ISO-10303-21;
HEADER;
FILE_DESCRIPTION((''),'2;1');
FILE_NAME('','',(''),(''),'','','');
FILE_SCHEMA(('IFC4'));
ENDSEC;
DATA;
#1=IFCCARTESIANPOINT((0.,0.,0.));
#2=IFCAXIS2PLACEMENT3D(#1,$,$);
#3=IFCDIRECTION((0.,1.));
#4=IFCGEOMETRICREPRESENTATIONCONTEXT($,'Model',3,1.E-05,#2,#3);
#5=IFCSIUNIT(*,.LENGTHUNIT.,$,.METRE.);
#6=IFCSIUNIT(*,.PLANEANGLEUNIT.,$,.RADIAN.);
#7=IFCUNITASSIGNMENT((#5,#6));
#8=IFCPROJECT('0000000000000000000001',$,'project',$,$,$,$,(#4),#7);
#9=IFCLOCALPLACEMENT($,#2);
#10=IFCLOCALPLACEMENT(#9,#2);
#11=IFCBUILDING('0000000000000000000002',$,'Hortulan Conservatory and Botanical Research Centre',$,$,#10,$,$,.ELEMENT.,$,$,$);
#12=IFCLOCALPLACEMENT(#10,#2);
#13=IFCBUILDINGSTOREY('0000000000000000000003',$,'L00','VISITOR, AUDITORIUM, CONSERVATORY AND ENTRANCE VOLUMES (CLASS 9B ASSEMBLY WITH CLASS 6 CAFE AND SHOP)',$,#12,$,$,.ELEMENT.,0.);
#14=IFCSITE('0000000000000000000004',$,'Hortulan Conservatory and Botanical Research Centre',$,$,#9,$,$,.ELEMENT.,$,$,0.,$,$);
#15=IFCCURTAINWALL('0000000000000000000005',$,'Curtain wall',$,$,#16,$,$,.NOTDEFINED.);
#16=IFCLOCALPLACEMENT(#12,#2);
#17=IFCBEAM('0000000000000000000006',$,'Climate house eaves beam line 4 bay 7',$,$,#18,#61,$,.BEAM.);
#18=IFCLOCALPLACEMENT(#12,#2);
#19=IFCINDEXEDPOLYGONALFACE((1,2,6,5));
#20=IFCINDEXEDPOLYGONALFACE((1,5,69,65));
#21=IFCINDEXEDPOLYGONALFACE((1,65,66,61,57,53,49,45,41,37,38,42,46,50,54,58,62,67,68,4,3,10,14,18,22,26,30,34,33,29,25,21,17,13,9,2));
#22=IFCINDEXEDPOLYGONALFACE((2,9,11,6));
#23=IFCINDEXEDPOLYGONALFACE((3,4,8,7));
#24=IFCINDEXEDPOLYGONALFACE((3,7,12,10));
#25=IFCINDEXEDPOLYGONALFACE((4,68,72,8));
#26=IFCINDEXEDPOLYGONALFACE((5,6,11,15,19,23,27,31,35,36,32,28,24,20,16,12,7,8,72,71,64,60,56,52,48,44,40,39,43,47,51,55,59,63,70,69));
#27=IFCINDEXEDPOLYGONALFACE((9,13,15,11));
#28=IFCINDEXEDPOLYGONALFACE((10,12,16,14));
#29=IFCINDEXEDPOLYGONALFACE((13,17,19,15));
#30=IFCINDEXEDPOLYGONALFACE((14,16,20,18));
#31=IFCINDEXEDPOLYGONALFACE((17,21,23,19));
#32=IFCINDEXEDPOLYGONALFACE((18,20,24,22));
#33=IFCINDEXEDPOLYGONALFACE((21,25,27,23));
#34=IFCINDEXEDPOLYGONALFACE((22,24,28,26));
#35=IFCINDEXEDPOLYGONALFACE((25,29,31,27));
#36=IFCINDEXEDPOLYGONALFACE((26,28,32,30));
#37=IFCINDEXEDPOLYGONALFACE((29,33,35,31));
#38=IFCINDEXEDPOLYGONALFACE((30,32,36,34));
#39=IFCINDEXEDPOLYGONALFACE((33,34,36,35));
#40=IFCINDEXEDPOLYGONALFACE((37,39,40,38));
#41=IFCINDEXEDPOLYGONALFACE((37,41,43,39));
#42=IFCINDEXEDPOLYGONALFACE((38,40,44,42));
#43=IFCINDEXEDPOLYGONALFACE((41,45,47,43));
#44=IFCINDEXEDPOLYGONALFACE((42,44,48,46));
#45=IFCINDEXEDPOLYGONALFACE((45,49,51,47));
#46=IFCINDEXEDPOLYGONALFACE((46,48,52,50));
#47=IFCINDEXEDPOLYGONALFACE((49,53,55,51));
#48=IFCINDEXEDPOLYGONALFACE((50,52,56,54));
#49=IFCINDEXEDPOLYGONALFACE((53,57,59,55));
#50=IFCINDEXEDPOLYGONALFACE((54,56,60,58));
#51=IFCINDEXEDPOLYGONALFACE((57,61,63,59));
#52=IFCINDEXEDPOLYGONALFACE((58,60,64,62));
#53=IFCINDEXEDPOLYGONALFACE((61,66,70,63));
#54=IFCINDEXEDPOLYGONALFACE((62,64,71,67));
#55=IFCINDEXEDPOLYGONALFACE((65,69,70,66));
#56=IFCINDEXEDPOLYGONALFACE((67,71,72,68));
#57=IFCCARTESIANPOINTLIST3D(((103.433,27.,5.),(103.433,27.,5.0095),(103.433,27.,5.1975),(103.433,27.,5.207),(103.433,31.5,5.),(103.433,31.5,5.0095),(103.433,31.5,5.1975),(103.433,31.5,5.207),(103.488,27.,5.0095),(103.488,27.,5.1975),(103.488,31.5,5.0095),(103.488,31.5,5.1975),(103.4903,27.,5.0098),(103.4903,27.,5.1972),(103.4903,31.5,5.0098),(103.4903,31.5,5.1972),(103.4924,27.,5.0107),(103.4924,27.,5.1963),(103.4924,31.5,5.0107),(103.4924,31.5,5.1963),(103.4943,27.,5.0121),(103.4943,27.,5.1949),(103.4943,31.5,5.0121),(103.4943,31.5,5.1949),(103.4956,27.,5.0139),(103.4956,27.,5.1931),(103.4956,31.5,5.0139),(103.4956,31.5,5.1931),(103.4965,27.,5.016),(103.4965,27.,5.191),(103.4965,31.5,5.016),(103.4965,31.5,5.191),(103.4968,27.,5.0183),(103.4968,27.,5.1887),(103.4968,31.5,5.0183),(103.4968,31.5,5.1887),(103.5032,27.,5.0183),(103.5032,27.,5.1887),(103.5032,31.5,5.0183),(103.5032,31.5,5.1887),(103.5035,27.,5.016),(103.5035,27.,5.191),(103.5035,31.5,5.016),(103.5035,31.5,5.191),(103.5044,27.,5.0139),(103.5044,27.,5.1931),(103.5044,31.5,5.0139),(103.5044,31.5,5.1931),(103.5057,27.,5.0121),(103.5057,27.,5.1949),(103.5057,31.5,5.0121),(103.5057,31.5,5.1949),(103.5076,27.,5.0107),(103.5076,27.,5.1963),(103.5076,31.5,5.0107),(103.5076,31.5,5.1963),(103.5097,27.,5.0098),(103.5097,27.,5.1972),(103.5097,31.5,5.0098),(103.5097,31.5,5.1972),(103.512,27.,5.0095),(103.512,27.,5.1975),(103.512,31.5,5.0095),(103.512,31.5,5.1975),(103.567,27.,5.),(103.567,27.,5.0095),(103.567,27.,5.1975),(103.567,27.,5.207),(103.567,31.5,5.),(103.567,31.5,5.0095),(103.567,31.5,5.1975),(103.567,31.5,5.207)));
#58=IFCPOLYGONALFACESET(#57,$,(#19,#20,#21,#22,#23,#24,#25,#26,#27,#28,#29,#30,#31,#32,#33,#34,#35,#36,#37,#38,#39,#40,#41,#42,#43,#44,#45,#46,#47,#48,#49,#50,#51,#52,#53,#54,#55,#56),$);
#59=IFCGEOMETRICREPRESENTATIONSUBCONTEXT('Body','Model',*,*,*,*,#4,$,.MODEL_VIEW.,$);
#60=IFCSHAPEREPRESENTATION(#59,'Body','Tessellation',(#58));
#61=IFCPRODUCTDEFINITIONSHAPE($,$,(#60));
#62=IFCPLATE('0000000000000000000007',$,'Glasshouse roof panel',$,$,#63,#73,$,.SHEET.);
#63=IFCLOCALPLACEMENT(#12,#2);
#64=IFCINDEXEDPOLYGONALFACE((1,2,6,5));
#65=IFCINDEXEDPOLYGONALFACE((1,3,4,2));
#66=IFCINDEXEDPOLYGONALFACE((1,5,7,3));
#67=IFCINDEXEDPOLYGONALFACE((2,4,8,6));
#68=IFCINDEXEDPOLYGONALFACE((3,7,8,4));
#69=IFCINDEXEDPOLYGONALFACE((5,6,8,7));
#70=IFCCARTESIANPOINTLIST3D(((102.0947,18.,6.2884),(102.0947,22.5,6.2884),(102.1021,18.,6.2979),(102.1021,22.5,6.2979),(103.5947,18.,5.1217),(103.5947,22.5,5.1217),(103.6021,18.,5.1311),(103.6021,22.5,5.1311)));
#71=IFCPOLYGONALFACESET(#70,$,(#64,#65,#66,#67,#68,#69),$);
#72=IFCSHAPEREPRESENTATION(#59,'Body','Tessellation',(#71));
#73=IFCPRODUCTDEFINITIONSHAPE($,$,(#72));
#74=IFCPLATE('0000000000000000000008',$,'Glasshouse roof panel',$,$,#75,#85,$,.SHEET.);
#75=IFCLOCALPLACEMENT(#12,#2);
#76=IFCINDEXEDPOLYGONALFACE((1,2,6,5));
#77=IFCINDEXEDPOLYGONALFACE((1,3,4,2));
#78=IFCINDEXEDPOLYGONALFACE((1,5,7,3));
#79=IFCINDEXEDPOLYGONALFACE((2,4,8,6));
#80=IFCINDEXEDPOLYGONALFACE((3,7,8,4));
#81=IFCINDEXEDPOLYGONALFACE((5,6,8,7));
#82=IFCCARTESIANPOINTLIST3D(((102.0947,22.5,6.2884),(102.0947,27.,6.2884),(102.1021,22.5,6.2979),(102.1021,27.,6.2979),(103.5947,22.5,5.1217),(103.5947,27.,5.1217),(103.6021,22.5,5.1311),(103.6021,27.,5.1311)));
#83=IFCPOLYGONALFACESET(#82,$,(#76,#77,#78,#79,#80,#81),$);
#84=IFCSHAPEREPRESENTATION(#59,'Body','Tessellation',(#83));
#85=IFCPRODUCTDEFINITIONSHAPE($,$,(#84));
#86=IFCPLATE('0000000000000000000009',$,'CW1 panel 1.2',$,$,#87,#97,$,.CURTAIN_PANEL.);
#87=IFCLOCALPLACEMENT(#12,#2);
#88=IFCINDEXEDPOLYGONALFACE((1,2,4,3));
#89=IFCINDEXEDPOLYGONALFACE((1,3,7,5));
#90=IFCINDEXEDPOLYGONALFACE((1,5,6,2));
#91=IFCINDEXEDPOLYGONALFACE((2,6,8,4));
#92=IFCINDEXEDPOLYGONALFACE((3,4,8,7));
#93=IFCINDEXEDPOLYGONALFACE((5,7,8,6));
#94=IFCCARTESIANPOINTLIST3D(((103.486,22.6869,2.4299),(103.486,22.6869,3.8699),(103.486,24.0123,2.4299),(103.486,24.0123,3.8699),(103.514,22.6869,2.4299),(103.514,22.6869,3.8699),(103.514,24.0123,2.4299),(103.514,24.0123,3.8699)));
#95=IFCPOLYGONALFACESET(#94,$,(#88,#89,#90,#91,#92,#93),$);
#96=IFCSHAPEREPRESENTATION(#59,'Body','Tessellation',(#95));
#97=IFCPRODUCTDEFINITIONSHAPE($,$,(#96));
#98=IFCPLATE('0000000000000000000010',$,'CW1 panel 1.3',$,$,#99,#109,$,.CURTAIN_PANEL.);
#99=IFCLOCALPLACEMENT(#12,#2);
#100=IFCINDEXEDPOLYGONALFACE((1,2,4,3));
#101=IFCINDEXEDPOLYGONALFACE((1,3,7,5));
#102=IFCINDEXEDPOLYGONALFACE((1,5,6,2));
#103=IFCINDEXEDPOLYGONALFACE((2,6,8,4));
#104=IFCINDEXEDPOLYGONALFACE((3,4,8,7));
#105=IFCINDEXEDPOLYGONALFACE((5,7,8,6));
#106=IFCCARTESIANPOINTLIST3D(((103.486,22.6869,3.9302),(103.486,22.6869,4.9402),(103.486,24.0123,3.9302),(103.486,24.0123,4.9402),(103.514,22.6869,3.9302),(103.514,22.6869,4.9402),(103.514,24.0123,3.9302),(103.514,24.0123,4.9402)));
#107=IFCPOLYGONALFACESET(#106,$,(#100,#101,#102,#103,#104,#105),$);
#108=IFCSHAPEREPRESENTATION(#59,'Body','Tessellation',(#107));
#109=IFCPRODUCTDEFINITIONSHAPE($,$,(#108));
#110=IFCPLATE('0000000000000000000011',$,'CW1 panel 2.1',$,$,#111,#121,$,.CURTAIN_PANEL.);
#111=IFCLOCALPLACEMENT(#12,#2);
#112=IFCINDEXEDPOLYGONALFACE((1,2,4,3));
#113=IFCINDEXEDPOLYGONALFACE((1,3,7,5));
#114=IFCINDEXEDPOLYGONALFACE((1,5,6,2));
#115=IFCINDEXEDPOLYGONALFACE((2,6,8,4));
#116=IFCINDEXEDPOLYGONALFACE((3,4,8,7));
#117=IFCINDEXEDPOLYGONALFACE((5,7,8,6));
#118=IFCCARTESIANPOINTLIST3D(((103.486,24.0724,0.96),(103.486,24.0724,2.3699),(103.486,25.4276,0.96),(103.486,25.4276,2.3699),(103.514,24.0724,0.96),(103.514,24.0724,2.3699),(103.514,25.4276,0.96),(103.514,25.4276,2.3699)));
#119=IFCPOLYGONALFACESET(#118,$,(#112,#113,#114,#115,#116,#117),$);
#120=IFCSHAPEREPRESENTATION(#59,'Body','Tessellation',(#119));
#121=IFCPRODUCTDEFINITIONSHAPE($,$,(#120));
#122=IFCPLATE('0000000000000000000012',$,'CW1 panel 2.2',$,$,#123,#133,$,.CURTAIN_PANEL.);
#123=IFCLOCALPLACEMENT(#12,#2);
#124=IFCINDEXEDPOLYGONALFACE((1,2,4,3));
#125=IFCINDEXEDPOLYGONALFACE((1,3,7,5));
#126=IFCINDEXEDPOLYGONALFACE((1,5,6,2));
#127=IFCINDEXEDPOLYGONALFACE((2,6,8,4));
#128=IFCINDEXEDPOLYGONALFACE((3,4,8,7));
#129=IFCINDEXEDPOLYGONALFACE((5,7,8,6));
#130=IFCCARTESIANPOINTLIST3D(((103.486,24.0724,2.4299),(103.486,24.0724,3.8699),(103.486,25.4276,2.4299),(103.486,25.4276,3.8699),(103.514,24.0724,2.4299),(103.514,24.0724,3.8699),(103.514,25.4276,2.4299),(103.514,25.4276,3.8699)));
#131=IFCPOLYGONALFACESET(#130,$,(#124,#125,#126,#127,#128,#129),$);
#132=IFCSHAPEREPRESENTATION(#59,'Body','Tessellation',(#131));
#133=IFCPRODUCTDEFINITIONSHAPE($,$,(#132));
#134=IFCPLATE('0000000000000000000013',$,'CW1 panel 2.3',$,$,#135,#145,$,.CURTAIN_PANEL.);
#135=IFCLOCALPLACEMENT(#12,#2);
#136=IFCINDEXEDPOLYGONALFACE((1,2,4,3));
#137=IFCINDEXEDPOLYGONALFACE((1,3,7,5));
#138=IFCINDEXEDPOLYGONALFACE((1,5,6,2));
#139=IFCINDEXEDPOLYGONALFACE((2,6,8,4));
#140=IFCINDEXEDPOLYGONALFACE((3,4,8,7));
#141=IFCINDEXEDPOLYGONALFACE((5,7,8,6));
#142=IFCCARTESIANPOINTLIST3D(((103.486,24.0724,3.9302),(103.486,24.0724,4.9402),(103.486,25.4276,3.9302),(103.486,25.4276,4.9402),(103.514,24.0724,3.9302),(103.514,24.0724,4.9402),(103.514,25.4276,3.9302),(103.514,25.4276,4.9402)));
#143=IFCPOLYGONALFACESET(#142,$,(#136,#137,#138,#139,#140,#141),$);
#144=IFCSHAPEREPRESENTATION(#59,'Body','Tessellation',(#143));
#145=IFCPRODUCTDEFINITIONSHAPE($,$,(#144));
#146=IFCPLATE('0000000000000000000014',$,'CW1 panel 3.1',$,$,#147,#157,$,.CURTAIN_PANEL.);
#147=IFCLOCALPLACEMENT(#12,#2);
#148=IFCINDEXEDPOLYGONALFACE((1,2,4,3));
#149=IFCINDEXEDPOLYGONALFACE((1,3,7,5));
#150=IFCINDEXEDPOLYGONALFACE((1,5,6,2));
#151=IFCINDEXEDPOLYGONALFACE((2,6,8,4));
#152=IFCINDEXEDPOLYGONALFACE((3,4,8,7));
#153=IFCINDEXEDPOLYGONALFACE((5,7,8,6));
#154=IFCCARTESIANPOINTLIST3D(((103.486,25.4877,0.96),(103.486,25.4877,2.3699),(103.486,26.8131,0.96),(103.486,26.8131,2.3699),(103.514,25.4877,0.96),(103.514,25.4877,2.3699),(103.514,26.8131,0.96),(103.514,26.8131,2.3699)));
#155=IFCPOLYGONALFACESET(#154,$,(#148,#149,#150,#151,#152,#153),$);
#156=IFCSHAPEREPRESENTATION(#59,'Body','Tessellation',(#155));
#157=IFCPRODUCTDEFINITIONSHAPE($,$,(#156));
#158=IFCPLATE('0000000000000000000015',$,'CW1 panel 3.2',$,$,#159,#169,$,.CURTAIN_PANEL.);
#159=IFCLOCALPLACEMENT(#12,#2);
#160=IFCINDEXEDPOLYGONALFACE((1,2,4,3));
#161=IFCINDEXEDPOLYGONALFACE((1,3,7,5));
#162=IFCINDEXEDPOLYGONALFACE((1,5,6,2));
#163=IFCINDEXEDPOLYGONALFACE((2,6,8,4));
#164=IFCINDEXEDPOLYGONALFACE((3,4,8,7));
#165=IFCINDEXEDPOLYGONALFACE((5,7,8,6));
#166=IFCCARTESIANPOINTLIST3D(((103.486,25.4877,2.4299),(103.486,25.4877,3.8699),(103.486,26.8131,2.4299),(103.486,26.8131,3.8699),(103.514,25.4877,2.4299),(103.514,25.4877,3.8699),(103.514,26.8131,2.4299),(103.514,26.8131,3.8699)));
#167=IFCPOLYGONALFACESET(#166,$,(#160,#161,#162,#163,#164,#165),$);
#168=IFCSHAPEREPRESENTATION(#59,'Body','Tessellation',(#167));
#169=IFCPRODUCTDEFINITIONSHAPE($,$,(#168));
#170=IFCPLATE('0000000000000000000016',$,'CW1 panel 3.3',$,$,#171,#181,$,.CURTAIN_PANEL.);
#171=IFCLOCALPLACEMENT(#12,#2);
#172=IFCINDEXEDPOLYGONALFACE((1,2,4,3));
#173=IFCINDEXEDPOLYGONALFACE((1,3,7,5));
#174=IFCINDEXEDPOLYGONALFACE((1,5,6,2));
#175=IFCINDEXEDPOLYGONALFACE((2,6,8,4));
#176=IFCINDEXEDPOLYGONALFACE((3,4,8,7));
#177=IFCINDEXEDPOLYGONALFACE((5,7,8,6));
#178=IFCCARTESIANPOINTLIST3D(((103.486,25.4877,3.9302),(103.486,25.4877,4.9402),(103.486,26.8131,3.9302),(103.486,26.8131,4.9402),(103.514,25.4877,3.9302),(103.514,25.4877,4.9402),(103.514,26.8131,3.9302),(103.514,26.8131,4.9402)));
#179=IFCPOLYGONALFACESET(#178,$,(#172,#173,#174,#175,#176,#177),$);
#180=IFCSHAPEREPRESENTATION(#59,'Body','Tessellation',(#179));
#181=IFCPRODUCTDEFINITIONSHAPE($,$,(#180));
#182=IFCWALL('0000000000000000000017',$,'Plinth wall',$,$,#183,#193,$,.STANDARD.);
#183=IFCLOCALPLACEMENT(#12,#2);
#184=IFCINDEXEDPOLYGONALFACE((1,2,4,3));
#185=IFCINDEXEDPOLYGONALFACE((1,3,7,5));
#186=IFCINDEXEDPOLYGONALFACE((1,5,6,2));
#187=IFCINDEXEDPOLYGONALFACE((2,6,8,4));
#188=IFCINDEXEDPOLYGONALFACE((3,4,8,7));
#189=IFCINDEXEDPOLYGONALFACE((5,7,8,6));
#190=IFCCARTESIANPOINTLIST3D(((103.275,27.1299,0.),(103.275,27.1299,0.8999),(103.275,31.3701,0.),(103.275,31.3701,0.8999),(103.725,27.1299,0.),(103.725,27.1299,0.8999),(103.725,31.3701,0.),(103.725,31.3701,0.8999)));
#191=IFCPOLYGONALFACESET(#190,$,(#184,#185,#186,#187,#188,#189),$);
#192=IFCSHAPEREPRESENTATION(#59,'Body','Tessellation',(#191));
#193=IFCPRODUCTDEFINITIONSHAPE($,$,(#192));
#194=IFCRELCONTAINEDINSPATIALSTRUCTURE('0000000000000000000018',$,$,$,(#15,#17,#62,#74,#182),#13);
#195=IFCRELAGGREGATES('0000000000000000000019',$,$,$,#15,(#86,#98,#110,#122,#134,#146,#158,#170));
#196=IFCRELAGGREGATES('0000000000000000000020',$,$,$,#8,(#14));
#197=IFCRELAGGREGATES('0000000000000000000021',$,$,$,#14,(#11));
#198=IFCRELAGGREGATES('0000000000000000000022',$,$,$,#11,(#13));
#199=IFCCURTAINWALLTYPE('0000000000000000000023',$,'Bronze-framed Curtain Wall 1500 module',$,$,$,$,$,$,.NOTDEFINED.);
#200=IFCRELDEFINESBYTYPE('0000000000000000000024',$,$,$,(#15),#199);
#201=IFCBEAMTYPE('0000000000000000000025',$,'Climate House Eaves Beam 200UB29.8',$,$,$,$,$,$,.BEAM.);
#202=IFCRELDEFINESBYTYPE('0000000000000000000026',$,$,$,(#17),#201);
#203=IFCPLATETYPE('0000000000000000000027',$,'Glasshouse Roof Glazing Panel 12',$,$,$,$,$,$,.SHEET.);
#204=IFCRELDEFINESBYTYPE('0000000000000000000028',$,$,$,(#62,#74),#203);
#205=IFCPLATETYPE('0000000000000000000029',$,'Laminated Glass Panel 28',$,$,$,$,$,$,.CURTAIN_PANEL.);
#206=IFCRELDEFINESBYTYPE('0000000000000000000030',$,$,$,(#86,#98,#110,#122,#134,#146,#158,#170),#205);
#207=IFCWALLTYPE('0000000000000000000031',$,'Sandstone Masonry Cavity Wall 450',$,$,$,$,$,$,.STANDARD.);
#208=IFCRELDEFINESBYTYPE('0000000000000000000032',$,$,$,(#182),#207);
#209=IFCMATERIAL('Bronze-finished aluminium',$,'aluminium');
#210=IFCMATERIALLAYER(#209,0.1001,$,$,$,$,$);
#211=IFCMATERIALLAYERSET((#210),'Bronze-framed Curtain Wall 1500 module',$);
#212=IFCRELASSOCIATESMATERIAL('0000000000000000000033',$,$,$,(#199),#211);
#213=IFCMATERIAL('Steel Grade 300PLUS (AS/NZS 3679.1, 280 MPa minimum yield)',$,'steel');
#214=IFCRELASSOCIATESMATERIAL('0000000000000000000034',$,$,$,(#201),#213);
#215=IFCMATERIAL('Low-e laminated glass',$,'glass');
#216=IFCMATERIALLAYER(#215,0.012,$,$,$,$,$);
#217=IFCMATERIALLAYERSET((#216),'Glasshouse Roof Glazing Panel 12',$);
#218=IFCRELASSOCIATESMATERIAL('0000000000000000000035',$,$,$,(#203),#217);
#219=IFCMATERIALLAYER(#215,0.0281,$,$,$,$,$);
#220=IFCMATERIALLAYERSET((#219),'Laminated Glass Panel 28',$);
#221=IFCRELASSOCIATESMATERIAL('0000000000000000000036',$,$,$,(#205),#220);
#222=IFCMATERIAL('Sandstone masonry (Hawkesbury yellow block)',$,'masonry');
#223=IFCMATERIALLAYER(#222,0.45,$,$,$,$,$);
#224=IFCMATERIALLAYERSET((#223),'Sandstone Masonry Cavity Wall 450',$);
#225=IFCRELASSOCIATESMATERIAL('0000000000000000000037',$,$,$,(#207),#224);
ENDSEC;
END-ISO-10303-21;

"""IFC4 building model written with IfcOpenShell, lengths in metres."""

from ifc_helpers import new_model, si_unit, direction, frame, frame_2d, origin, origin_2d, place, context, subcontext, project, spatial, polyline, rectangle, i_section, outline, extrude, material, layer, layer_set, material_profile, profile_set, type_object, element, aggregate, save


model = new_model("IFC4")

# Units and contexts
model_context = context("Model", 3, precision=1e-05, world=origin(), true_north=direction((0.0, 1.0)))
body_context = subcontext(model_context, "Body", "Model", "MODEL_VIEW")
ifc_project = project(units=[si_unit("LENGTHUNIT", "METRE"), si_unit("PLANEANGLEUNIT", "RADIAN")], contexts=[model_context])

# Site, building, storey
site_placement = place(None, origin())
site = spatial("IfcSite", under=ifc_project, at=site_placement, Name="Hortulan Conservatory and Botanical Research Centre", CompositionType="ELEMENT", RefElevation=0.0)
building_placement = place(site_placement, origin())
building = spatial("IfcBuilding", under=site, at=building_placement, Name="Hortulan Conservatory and Botanical Research Centre", CompositionType="ELEMENT")
storey_placement = place(building_placement, origin())
storey = spatial("IfcBuildingStorey", under=building, at=storey_placement, Name="L00", Description="VISITOR, AUDITORIUM, CONSERVATORY AND ENTRANCE VOLUMES (CLASS 9B ASSEMBLY WITH CLASS 6 CAFE AND SHOP)", CompositionType="ELEMENT", Elevation=0.0)

# Shared definitions
ifc_material_1 = material(Name="Steel Grade 300PLUS (AS/NZS 3679.1, 280 MPa minimum yield)", Category="steel")

# Curtain wall
ifc_material_2 = material(Name="Bronze-finished aluminium", Category="aluminium")
ifc_layer_1 = layer(ifc_material_2, 0.1001)
ifc_layer_set_1 = layer_set([ifc_layer_1], Name="Bronze-framed Curtain Wall 1500 module")
curtain_wall_type = type_object("IfcCurtainWallType", Name="Bronze-framed Curtain Wall 1500 module", PredefinedType="NOTDEFINED", material=ifc_layer_set_1)
curtain_wall_placement = place(storey_placement, origin())
curtain_wall = element("IfcCurtainWall", 1, at=curtain_wall_placement, inside=storey, type_object=curtain_wall_type, Name="Curtain wall", PredefinedType="NOTDEFINED")

# Beam
ifc_material_profile_1 = material_profile(ifc_material_1, i_section(OverallWidth=0.134, OverallDepth=0.207, WebThickness=0.0063, FlangeThickness=0.0095, FilletRadius=0.0088, at=origin_2d()), Name="200UB29.8")
ifc_profile_set_1 = profile_set([ifc_material_profile_1], Name="Steel Grade 300PLUS (AS/NZS 3679.1, 280 MPa minimum yield)")
beam_type = type_object("IfcBeamType", Name="Climate House Eaves Beam 200UB29.8", PredefinedType="BEAM", material=ifc_profile_set_1)
beam_placement = place(storey_placement, frame((103.5, 27.0, 5.1035), z_axis=(0.0, 1.0, 0.0), x_axis=(-1.0, 0.0, 0.0)))
element("IfcBeam", 2, at=beam_placement, inside=storey, type_object=beam_type, Name="Climate house eaves beam line 4 bay 7", PredefinedType="BEAM", context=body_context, shape_type="SweptSolid", body=[
    extrude(i_section(OverallWidth=0.134, OverallDepth=0.207, WebThickness=0.0063, FlangeThickness=0.0095, FilletRadius=0.0088, at=origin_2d()), origin(), (0.0, 0.0, 1.0), 4.5),
])

# Plates
ifc_material_3 = material(Name="Low-e laminated glass", Category="glass")
ifc_layer_2 = layer(ifc_material_3, 0.012)
ifc_layer_set_2 = layer_set([ifc_layer_2], Name="Glasshouse Roof Glazing Panel 12")
plate_type_1 = type_object("IfcPlateType", Name="Glasshouse Roof Glazing Panel 12", PredefinedType="SHEET", material=ifc_layer_set_2)
for number, where, z_axis, x_axis, name in (
    (3, (103.6021, 22.5, 5.1311), (0.613967, 0.0, 0.789331), (-0.789331, 0.0, 0.613967), "Glasshouse roof panel"),
    (4, (103.6021, 27.0, 5.1311), (0.613967, 0.0, 0.789331), (-0.789331, 0.0, 0.613967), "Glasshouse roof panel"),
):
    element("IfcPlate", number, at=place(storey_placement, frame(where, z_axis=z_axis, x_axis=x_axis)), inside=storey, type_object=plate_type_1, Name=name, PredefinedType="SHEET", context=body_context, shape_type="SweptSolid", body=[
        extrude(outline(polyline([(0.0, 0.0), (1.9003, 0.0), (1.9003, 4.5), (0.0, 4.5), (0.0, 0.0)])), origin(), (0.0, 0.0, -1.0), 0.012),
    ])

# Plates
ifc_layer_3 = layer(ifc_material_3, 0.0281)
ifc_layer_set_3 = layer_set([ifc_layer_3], Name="Laminated Glass Panel 28")
plate_type_2 = type_object("IfcPlateType", Name="Laminated Glass Panel 28", PredefinedType="CURTAIN_PANEL", material=ifc_layer_set_3)
plate_1_placement = place(storey_placement, frame((103.5, 23.3496, 2.4299), z_axis=(0.0, 0.0, 1.0), x_axis=(0.0, 1.0, 0.0)))
plate_1 = element("IfcPlate", 5, at=plate_1_placement, type_object=plate_type_2, Name="CW1 panel 1.2", PredefinedType="CURTAIN_PANEL", context=body_context, shape_type="SweptSolid", body=[
    extrude(rectangle(XDim=1.3254, YDim=0.0281, at=origin_2d()), origin(), (0.0, 0.0, 1.0), 1.4399),
])
plate_2_placement = place(storey_placement, frame((103.5, 23.3496, 3.9302), z_axis=(0.0, 0.0, 1.0), x_axis=(0.0, 1.0, 0.0)))
plate_2 = element("IfcPlate", 6, at=plate_2_placement, type_object=plate_type_2, Name="CW1 panel 1.3", PredefinedType="CURTAIN_PANEL", context=body_context, shape_type="SweptSolid", body=[
    extrude(rectangle(XDim=1.3254, YDim=0.0281, at=origin_2d()), origin(), (0.0, 0.0, 1.0), 1.01),
])
plate_3_placement = place(storey_placement, frame((103.5, 24.75, 0.96), z_axis=(0.0, 0.0, 1.0), x_axis=(0.0, 1.0, 0.0)))
plate_3 = element("IfcPlate", 7, at=plate_3_placement, type_object=plate_type_2, Name="CW1 panel 2.1", PredefinedType="CURTAIN_PANEL", context=body_context, shape_type="SweptSolid", body=[
    extrude(rectangle(XDim=1.3552, YDim=0.0281, at=origin_2d()), origin(), (0.0, 0.0, 1.0), 1.4099),
])
plate_4_placement = place(storey_placement, frame((103.5, 24.75, 2.4299), z_axis=(0.0, 0.0, 1.0), x_axis=(0.0, 1.0, 0.0)))
plate_4 = element("IfcPlate", 8, at=plate_4_placement, type_object=plate_type_2, Name="CW1 panel 2.2", PredefinedType="CURTAIN_PANEL", context=body_context, shape_type="SweptSolid", body=[
    extrude(rectangle(XDim=1.3552, YDim=0.0281, at=origin_2d()), origin(), (0.0, 0.0, 1.0), 1.4399),
])
plate_5_placement = place(storey_placement, frame((103.5, 24.75, 3.9302), z_axis=(0.0, 0.0, 1.0), x_axis=(0.0, 1.0, 0.0)))
plate_5 = element("IfcPlate", 9, at=plate_5_placement, type_object=plate_type_2, Name="CW1 panel 2.3", PredefinedType="CURTAIN_PANEL", context=body_context, shape_type="SweptSolid", body=[
    extrude(rectangle(XDim=1.3552, YDim=0.0281, at=origin_2d()), origin(), (0.0, 0.0, 1.0), 1.01),
])
plate_6_placement = place(storey_placement, frame((103.5, 26.1504, 0.96), z_axis=(0.0, 0.0, 1.0), x_axis=(0.0, 1.0, 0.0)))
plate_6 = element("IfcPlate", 10, at=plate_6_placement, type_object=plate_type_2, Name="CW1 panel 3.1", PredefinedType="CURTAIN_PANEL", context=body_context, shape_type="SweptSolid", body=[
    extrude(rectangle(XDim=1.3254, YDim=0.0281, at=origin_2d()), origin(), (0.0, 0.0, 1.0), 1.4099),
])
plate_7_placement = place(storey_placement, frame((103.5, 26.1504, 2.4299), z_axis=(0.0, 0.0, 1.0), x_axis=(0.0, 1.0, 0.0)))
plate_7 = element("IfcPlate", 11, at=plate_7_placement, type_object=plate_type_2, Name="CW1 panel 3.2", PredefinedType="CURTAIN_PANEL", context=body_context, shape_type="SweptSolid", body=[
    extrude(rectangle(XDim=1.3254, YDim=0.0281, at=origin_2d()), origin(), (0.0, 0.0, 1.0), 1.4399),
])
plate_8_placement = place(storey_placement, frame((103.5, 26.1504, 3.9302), z_axis=(0.0, 0.0, 1.0), x_axis=(0.0, 1.0, 0.0)))
plate_8 = element("IfcPlate", 12, at=plate_8_placement, type_object=plate_type_2, Name="CW1 panel 3.3", PredefinedType="CURTAIN_PANEL", context=body_context, shape_type="SweptSolid", body=[
    extrude(rectangle(XDim=1.3254, YDim=0.0281, at=origin_2d()), origin(), (0.0, 0.0, 1.0), 1.01),
])
aggregate(curtain_wall, [plate_1, plate_2, plate_3, plate_4, plate_5, plate_6, plate_7, plate_8])

# Wall
ifc_material_4 = material(Name="Sandstone masonry (Hawkesbury yellow block)", Category="masonry")
ifc_layer_4 = layer(ifc_material_4, 0.45)
ifc_layer_set_4 = layer_set([ifc_layer_4], Name="Sandstone Masonry Cavity Wall 450")
wall_type = type_object("IfcWallType", Name="Sandstone Masonry Cavity Wall 450", PredefinedType="STANDARD", material=ifc_layer_set_4)
wall_placement = place(storey_placement, frame((103.5, 27.1299, 0.0), z_axis=(0.0, 0.0, 1.0), x_axis=(0.0, 1.0, 0.0)))
element("IfcWall", 13, at=wall_placement, inside=storey, type_object=wall_type, Name="Plinth wall", PredefinedType="STANDARD", context=body_context, shape_type="SweptSolid", body=[
    extrude(rectangle(XDim=4.2402, YDim=0.45, at=frame_2d((2.1201, 0.0))), origin(), (0.0, 0.0, 1.0), 0.8999),
])

save(model, "model.ifc")
